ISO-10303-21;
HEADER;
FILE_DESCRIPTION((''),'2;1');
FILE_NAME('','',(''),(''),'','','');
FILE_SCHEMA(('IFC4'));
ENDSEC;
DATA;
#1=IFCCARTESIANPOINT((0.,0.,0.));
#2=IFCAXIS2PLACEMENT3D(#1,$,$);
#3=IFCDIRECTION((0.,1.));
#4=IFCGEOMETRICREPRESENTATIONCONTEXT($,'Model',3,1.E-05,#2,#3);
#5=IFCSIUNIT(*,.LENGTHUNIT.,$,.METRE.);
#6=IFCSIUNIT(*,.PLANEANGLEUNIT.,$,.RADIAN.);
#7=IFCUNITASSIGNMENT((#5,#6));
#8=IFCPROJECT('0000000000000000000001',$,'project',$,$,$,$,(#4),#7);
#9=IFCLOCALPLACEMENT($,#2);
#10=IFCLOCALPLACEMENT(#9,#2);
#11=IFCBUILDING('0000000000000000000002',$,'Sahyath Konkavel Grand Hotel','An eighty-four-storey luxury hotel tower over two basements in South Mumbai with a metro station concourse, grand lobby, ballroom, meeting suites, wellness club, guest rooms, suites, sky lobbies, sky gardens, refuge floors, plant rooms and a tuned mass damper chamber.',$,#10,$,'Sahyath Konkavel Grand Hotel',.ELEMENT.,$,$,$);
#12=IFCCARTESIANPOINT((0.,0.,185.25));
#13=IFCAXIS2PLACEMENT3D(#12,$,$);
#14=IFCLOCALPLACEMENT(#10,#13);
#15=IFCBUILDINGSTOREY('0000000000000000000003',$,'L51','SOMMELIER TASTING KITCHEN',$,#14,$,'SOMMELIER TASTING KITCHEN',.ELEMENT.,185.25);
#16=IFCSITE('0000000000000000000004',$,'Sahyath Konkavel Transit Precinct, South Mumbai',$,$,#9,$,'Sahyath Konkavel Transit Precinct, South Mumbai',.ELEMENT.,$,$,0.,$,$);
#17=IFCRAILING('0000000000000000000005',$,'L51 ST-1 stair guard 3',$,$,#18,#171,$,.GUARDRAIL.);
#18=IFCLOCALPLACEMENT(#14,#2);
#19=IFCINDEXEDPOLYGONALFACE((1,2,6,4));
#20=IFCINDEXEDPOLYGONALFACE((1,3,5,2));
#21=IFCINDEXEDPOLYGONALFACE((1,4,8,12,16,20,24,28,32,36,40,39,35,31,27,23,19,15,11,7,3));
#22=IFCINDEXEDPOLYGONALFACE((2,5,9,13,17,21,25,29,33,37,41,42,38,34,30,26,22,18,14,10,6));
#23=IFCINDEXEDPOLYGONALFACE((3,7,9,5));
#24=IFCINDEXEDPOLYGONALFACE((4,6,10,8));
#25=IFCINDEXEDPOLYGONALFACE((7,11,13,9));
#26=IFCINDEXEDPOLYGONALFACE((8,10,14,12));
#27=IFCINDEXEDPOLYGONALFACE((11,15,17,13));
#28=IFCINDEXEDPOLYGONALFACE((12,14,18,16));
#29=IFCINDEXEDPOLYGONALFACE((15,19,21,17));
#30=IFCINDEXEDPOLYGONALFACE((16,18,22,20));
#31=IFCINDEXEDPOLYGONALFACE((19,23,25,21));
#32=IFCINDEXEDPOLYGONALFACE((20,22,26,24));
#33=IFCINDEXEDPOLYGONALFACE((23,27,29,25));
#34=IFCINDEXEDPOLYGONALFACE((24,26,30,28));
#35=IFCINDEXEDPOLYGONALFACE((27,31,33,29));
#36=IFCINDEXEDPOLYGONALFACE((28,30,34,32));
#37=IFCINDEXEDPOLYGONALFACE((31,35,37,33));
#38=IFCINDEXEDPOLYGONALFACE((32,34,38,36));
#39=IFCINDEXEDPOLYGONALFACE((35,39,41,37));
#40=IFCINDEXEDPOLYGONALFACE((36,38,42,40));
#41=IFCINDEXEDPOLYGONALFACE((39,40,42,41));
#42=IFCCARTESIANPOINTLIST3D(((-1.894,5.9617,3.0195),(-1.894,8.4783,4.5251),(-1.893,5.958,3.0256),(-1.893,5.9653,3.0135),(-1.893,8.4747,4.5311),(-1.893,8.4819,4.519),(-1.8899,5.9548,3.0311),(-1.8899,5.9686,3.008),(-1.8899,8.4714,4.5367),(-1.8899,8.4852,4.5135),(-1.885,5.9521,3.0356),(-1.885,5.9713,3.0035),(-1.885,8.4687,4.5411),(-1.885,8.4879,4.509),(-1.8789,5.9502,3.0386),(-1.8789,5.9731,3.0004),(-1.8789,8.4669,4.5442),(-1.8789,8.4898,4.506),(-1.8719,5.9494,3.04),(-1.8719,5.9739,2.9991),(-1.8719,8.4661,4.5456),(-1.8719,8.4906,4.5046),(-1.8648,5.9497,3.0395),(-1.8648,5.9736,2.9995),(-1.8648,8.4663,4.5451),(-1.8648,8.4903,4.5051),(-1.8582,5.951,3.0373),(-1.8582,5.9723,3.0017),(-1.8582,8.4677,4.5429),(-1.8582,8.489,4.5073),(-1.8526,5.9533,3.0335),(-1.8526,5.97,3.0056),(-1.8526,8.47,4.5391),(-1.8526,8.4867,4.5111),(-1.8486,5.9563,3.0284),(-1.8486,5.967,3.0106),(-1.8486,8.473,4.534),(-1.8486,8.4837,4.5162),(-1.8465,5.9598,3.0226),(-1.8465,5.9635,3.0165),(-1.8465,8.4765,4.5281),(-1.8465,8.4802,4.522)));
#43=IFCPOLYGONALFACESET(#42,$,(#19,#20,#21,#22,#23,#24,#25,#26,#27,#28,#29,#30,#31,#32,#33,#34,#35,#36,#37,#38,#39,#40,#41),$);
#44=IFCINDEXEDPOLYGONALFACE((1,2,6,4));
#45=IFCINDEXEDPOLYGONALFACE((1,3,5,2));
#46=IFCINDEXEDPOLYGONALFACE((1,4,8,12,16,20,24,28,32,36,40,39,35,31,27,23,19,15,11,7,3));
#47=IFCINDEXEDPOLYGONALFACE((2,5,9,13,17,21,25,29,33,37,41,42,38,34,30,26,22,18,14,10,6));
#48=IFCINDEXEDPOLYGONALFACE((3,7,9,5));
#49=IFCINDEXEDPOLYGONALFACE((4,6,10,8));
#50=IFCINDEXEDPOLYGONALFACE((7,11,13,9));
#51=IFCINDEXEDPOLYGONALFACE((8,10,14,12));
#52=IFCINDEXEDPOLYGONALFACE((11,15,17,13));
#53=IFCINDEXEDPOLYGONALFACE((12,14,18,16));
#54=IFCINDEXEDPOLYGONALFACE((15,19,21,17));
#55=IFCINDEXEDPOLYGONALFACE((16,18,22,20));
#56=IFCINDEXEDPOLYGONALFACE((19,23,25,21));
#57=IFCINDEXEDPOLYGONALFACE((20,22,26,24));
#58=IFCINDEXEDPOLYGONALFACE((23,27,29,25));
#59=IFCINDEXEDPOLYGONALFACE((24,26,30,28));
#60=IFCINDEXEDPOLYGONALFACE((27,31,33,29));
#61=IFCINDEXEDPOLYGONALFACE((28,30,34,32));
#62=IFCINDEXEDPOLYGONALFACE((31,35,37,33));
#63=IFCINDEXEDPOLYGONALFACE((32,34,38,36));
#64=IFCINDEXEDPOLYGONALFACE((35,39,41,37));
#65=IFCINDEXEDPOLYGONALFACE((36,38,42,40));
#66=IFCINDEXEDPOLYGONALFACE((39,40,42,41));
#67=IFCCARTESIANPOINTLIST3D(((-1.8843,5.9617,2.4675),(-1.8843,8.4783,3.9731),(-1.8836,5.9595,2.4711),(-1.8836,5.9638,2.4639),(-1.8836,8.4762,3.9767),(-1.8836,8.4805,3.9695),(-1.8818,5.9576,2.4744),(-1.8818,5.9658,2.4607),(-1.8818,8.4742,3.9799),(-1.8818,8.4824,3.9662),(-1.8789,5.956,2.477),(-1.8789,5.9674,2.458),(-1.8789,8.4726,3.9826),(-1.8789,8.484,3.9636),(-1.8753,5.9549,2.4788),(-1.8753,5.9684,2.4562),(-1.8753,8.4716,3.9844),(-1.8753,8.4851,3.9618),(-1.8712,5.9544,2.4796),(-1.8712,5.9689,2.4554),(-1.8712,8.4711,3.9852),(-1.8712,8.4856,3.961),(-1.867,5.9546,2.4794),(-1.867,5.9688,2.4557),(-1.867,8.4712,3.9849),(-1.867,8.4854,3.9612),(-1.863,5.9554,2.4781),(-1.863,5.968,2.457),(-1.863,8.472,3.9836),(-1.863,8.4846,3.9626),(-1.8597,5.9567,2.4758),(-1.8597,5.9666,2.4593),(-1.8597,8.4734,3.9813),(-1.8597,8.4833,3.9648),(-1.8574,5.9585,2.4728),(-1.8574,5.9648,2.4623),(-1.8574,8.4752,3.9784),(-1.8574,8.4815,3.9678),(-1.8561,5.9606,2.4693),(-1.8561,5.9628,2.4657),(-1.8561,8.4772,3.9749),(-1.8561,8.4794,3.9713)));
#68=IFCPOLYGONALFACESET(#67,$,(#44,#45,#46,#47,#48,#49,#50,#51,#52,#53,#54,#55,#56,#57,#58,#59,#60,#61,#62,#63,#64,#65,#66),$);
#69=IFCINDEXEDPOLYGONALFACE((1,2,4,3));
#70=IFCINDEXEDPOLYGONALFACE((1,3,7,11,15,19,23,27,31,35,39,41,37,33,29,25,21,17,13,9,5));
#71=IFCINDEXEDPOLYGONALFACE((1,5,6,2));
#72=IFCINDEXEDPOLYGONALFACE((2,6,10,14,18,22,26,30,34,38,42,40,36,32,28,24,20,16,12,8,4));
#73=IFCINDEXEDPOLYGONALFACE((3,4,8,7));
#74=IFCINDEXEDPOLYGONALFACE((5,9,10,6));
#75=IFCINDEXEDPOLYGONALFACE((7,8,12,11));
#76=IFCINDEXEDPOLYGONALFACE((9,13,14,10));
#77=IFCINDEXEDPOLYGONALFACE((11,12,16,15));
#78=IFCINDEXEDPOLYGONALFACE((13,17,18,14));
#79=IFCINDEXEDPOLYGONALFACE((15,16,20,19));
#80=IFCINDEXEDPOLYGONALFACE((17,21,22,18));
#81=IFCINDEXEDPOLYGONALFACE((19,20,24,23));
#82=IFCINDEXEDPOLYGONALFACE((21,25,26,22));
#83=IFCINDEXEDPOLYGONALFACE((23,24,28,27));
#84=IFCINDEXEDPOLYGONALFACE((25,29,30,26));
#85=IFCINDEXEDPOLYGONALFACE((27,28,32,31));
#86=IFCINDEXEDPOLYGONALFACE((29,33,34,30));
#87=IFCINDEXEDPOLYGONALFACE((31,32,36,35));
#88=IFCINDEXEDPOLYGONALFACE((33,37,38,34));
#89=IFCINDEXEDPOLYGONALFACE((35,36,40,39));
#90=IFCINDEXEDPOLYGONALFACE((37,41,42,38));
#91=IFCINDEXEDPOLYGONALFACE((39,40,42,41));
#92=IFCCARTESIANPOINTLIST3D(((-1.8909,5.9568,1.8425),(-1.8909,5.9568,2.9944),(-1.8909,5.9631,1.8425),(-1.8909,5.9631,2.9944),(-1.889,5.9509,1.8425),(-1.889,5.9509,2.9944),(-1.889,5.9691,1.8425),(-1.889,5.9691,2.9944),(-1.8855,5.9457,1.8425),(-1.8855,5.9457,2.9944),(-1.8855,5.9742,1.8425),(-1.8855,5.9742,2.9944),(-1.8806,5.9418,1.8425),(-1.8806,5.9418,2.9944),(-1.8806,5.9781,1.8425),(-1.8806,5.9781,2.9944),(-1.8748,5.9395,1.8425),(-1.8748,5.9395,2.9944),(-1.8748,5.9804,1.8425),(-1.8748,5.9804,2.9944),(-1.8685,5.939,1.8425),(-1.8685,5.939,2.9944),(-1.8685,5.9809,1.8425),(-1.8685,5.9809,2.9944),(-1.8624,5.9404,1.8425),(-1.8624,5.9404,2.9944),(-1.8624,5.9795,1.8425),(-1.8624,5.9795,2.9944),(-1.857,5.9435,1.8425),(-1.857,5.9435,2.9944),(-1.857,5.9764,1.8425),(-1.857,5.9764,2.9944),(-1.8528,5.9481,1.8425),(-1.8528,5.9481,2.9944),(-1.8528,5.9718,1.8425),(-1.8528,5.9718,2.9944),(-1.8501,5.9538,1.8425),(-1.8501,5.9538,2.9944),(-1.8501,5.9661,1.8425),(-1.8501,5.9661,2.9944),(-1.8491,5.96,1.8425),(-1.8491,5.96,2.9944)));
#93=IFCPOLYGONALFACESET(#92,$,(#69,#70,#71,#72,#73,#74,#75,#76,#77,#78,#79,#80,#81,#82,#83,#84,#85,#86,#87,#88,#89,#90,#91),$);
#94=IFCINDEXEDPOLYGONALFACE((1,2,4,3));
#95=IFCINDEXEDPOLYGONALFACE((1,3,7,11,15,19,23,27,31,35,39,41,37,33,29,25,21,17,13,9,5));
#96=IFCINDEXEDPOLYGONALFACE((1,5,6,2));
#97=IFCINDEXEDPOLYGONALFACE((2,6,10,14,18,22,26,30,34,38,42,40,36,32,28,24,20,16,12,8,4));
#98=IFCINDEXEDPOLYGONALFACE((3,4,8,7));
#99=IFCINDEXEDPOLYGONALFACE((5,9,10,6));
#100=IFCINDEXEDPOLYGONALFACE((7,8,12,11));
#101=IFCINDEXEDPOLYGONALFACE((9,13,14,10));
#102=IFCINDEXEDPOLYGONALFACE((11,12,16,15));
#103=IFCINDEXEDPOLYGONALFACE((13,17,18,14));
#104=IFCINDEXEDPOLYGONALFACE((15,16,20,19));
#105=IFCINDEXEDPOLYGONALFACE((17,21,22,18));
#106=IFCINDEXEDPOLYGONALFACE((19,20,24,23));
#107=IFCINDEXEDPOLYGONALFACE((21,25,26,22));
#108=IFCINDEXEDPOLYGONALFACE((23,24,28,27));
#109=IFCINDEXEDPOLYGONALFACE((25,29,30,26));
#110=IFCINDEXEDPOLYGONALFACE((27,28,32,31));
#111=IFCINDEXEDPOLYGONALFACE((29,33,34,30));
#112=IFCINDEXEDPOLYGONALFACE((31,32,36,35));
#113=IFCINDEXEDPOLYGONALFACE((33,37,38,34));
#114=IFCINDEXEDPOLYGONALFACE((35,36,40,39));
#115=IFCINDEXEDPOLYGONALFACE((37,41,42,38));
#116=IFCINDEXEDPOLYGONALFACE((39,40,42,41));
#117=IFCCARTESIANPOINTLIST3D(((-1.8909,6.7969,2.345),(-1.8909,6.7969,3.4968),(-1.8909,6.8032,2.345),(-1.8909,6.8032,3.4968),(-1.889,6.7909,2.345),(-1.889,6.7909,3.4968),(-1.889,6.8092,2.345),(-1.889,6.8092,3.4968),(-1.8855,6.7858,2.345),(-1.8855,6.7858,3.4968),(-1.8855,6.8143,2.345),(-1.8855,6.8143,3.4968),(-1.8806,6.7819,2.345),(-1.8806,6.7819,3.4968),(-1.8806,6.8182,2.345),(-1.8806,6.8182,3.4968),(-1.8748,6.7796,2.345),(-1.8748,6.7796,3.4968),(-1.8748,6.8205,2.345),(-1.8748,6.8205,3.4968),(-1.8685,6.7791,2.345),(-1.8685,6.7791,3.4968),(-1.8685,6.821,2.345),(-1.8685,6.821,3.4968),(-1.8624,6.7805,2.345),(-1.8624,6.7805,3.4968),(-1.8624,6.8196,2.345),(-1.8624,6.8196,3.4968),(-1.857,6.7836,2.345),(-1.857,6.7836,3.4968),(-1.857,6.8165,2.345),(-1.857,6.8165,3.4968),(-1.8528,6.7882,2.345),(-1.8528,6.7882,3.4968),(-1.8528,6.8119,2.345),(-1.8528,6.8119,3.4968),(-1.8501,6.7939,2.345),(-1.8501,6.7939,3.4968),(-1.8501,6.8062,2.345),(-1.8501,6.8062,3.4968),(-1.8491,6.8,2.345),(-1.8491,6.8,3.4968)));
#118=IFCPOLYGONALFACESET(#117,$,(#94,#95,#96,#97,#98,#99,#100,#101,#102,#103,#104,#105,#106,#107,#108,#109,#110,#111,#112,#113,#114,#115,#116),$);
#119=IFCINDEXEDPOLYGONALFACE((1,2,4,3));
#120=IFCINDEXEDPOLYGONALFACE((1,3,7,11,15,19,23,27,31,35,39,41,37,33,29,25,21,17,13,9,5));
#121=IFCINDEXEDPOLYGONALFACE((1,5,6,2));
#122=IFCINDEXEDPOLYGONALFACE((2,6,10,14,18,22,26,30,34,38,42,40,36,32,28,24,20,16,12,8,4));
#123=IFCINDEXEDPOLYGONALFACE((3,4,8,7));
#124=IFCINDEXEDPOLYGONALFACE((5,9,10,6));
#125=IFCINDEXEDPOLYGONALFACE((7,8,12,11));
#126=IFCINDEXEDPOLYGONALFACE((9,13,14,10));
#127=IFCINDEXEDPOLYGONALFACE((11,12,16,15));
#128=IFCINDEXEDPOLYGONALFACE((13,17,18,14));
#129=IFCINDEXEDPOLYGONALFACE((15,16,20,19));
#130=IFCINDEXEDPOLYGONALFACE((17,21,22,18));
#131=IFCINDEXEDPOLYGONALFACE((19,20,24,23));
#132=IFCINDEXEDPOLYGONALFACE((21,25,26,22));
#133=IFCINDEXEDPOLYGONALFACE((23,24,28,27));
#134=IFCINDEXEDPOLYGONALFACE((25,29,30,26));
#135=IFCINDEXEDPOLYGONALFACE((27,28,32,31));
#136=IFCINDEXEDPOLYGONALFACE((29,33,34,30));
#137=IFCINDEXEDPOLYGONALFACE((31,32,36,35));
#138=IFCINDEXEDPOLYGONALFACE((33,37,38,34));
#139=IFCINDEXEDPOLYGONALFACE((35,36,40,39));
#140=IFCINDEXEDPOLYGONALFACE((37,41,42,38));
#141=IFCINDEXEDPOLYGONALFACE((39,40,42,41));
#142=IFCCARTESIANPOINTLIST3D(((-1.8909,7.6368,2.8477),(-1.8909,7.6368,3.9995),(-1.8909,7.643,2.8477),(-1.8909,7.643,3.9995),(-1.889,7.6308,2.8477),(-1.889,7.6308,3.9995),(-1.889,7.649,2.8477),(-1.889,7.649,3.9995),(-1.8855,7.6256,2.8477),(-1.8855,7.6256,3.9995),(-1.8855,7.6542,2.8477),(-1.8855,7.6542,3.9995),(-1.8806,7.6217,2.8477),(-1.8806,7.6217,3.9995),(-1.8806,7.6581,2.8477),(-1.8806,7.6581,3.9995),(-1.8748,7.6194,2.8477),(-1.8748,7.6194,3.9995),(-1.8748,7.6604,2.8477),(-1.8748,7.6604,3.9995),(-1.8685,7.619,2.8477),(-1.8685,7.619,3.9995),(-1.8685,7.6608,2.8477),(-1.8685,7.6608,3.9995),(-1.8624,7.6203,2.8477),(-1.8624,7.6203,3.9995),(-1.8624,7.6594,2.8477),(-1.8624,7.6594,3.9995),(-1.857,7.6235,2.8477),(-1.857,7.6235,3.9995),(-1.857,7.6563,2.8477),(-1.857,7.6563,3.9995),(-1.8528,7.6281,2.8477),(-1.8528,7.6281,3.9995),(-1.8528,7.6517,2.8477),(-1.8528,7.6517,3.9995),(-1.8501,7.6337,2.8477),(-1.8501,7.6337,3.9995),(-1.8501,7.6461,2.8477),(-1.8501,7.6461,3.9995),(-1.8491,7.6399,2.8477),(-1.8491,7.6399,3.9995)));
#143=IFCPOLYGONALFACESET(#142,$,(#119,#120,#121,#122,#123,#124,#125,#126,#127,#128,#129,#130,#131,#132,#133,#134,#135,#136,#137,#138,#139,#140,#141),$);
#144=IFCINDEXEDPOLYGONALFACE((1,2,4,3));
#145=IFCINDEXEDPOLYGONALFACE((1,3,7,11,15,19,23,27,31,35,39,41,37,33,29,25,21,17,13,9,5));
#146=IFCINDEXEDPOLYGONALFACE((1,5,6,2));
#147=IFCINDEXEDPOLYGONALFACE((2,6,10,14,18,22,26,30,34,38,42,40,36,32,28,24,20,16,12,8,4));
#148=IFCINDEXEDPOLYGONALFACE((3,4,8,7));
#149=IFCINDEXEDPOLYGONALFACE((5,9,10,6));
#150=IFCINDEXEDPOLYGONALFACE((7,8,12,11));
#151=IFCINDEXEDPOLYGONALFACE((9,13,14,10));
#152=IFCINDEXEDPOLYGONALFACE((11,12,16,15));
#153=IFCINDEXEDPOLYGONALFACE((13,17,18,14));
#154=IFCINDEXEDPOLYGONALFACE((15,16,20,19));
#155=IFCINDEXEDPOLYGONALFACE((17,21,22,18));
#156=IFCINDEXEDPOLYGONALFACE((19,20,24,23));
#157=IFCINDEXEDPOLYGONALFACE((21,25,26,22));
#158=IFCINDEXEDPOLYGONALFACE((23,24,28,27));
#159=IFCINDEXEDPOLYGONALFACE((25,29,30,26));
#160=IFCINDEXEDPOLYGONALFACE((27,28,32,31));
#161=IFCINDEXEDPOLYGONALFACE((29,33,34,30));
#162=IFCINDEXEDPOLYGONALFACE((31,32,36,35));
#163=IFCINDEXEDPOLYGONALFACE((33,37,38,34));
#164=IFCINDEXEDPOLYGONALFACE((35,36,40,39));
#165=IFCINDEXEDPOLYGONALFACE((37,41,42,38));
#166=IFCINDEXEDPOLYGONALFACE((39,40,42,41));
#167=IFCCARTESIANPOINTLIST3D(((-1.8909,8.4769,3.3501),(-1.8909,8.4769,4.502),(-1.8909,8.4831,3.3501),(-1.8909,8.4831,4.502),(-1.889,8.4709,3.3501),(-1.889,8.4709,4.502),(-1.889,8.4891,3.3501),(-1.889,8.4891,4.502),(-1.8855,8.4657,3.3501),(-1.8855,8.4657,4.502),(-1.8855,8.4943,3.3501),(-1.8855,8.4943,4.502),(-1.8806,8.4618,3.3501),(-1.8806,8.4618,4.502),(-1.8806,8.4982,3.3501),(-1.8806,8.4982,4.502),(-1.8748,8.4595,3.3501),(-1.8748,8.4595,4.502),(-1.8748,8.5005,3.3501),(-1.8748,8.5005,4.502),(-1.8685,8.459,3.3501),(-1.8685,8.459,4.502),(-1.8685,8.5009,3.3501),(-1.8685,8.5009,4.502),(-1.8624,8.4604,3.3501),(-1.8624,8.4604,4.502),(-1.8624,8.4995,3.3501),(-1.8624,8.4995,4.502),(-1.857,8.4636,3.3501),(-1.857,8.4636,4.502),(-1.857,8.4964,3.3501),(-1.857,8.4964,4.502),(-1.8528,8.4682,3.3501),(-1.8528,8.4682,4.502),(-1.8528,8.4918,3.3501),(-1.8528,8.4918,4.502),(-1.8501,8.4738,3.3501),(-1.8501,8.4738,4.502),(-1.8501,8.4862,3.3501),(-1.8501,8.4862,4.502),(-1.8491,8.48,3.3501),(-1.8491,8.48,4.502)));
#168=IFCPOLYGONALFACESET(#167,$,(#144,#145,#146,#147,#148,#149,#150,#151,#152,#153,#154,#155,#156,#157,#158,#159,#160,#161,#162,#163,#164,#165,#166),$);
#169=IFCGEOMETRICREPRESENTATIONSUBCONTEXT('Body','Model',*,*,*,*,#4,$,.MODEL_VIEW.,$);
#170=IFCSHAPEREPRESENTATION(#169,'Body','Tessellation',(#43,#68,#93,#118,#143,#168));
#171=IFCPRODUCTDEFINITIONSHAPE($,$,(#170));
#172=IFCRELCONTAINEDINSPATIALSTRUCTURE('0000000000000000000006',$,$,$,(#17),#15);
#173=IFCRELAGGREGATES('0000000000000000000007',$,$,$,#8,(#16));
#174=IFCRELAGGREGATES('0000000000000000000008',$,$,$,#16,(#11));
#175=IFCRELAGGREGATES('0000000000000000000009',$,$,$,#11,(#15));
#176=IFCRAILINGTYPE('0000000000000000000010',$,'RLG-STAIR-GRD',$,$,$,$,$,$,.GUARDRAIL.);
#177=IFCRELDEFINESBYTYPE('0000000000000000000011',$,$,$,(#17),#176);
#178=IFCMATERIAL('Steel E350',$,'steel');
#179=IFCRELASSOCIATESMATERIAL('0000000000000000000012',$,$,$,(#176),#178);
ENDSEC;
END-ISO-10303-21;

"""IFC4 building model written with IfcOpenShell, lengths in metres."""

from ifc_helpers import new_model, si_unit, direction, frame, origin, origin_2d, place, context, subcontext, project, spatial, circle, extrude, material, type_object, element, save


model = new_model("IFC4")

# Units and contexts
model_context = context("Model", 3, precision=1e-05, world=origin(), true_north=direction((0.0, 1.0)))
body_context = subcontext(model_context, "Body", "Model", "MODEL_VIEW")
ifc_project = project(units=[si_unit("LENGTHUNIT", "METRE"), si_unit("PLANEANGLEUNIT", "RADIAN")], contexts=[model_context])

# Site, building, storey
site_placement = place(None, origin())
site = spatial("IfcSite", under=ifc_project, at=site_placement, Name="Sahyath Konkavel Transit Precinct, South Mumbai", LongName="Sahyath Konkavel Transit Precinct, South Mumbai", CompositionType="ELEMENT", RefElevation=0.0)
building_placement = place(site_placement, origin())
building = spatial("IfcBuilding", under=site, at=building_placement, Name="Sahyath Konkavel Grand Hotel", Description="An eighty-four-storey luxury hotel tower over two basements in South Mumbai with a metro station concourse, grand lobby, ballroom, meeting suites, wellness club, guest rooms, suites, sky lobbies, sky gardens, refuge floors, plant rooms and a tuned mass damper chamber.", LongName="Sahyath Konkavel Grand Hotel", CompositionType="ELEMENT")
storey_placement = place(building_placement, frame((0.0, 0.0, 185.25)))
storey = spatial("IfcBuildingStorey", under=building, at=storey_placement, Name="L51", Description="SOMMELIER TASTING KITCHEN", LongName="SOMMELIER TASTING KITCHEN", CompositionType="ELEMENT", Elevation=185.25)

# Shared definitions
ifc_material_1 = material(Name="Steel E350", Category="steel")

# Railing
railing_type_1 = type_object("IfcRailingType", Name="RLG-STAIR-GRD", PredefinedType="GUARDRAIL", material=ifc_material_1)
railing_1_placement = place(storey_placement, frame((-1.8701, 5.96, 1.8425)))
element("IfcRailing", 1, at=railing_1_placement, inside=storey, type_object=railing_type_1, Name="L51 ST-1 stair guard 3", PredefinedType="GUARDRAIL", context=body_context, shape_type="SweptSolid", body=[
    extrude(circle(Radius=0.0239, at=origin_2d()), frame((0.0, 0.0017, 1.177), z_axis=(0.0, 0.85816, 0.513383), x_axis=(-1.0, 0.0, 0.0)), (0.0, 0.0, 1.0), 2.9326),
    extrude(circle(Radius=0.0142, at=origin_2d()), frame((0.0, 0.0017, 0.625), z_axis=(0.0, 0.85816, 0.513383), x_axis=(-1.0, 0.0, 0.0)), (0.0, 0.0, 1.0), 2.9326),
    extrude(circle(Radius=0.021, at=origin_2d()), origin(), (0.0, 0.0, 1.0), 1.1519),
    extrude(circle(Radius=0.021, at=origin_2d()), frame((0.0, 0.8401, 0.5024)), (0.0, 0.0, 1.0), 1.1519),
    extrude(circle(Radius=0.021, at=origin_2d()), frame((0.0, 1.6799, 1.0051)), (0.0, 0.0, 1.0), 1.1519),
    extrude(circle(Radius=0.021, at=origin_2d()), frame((0.0, 2.52, 1.5076)), (0.0, 0.0, 1.0), 1.1519),
])

save(model, "model.ifc")
